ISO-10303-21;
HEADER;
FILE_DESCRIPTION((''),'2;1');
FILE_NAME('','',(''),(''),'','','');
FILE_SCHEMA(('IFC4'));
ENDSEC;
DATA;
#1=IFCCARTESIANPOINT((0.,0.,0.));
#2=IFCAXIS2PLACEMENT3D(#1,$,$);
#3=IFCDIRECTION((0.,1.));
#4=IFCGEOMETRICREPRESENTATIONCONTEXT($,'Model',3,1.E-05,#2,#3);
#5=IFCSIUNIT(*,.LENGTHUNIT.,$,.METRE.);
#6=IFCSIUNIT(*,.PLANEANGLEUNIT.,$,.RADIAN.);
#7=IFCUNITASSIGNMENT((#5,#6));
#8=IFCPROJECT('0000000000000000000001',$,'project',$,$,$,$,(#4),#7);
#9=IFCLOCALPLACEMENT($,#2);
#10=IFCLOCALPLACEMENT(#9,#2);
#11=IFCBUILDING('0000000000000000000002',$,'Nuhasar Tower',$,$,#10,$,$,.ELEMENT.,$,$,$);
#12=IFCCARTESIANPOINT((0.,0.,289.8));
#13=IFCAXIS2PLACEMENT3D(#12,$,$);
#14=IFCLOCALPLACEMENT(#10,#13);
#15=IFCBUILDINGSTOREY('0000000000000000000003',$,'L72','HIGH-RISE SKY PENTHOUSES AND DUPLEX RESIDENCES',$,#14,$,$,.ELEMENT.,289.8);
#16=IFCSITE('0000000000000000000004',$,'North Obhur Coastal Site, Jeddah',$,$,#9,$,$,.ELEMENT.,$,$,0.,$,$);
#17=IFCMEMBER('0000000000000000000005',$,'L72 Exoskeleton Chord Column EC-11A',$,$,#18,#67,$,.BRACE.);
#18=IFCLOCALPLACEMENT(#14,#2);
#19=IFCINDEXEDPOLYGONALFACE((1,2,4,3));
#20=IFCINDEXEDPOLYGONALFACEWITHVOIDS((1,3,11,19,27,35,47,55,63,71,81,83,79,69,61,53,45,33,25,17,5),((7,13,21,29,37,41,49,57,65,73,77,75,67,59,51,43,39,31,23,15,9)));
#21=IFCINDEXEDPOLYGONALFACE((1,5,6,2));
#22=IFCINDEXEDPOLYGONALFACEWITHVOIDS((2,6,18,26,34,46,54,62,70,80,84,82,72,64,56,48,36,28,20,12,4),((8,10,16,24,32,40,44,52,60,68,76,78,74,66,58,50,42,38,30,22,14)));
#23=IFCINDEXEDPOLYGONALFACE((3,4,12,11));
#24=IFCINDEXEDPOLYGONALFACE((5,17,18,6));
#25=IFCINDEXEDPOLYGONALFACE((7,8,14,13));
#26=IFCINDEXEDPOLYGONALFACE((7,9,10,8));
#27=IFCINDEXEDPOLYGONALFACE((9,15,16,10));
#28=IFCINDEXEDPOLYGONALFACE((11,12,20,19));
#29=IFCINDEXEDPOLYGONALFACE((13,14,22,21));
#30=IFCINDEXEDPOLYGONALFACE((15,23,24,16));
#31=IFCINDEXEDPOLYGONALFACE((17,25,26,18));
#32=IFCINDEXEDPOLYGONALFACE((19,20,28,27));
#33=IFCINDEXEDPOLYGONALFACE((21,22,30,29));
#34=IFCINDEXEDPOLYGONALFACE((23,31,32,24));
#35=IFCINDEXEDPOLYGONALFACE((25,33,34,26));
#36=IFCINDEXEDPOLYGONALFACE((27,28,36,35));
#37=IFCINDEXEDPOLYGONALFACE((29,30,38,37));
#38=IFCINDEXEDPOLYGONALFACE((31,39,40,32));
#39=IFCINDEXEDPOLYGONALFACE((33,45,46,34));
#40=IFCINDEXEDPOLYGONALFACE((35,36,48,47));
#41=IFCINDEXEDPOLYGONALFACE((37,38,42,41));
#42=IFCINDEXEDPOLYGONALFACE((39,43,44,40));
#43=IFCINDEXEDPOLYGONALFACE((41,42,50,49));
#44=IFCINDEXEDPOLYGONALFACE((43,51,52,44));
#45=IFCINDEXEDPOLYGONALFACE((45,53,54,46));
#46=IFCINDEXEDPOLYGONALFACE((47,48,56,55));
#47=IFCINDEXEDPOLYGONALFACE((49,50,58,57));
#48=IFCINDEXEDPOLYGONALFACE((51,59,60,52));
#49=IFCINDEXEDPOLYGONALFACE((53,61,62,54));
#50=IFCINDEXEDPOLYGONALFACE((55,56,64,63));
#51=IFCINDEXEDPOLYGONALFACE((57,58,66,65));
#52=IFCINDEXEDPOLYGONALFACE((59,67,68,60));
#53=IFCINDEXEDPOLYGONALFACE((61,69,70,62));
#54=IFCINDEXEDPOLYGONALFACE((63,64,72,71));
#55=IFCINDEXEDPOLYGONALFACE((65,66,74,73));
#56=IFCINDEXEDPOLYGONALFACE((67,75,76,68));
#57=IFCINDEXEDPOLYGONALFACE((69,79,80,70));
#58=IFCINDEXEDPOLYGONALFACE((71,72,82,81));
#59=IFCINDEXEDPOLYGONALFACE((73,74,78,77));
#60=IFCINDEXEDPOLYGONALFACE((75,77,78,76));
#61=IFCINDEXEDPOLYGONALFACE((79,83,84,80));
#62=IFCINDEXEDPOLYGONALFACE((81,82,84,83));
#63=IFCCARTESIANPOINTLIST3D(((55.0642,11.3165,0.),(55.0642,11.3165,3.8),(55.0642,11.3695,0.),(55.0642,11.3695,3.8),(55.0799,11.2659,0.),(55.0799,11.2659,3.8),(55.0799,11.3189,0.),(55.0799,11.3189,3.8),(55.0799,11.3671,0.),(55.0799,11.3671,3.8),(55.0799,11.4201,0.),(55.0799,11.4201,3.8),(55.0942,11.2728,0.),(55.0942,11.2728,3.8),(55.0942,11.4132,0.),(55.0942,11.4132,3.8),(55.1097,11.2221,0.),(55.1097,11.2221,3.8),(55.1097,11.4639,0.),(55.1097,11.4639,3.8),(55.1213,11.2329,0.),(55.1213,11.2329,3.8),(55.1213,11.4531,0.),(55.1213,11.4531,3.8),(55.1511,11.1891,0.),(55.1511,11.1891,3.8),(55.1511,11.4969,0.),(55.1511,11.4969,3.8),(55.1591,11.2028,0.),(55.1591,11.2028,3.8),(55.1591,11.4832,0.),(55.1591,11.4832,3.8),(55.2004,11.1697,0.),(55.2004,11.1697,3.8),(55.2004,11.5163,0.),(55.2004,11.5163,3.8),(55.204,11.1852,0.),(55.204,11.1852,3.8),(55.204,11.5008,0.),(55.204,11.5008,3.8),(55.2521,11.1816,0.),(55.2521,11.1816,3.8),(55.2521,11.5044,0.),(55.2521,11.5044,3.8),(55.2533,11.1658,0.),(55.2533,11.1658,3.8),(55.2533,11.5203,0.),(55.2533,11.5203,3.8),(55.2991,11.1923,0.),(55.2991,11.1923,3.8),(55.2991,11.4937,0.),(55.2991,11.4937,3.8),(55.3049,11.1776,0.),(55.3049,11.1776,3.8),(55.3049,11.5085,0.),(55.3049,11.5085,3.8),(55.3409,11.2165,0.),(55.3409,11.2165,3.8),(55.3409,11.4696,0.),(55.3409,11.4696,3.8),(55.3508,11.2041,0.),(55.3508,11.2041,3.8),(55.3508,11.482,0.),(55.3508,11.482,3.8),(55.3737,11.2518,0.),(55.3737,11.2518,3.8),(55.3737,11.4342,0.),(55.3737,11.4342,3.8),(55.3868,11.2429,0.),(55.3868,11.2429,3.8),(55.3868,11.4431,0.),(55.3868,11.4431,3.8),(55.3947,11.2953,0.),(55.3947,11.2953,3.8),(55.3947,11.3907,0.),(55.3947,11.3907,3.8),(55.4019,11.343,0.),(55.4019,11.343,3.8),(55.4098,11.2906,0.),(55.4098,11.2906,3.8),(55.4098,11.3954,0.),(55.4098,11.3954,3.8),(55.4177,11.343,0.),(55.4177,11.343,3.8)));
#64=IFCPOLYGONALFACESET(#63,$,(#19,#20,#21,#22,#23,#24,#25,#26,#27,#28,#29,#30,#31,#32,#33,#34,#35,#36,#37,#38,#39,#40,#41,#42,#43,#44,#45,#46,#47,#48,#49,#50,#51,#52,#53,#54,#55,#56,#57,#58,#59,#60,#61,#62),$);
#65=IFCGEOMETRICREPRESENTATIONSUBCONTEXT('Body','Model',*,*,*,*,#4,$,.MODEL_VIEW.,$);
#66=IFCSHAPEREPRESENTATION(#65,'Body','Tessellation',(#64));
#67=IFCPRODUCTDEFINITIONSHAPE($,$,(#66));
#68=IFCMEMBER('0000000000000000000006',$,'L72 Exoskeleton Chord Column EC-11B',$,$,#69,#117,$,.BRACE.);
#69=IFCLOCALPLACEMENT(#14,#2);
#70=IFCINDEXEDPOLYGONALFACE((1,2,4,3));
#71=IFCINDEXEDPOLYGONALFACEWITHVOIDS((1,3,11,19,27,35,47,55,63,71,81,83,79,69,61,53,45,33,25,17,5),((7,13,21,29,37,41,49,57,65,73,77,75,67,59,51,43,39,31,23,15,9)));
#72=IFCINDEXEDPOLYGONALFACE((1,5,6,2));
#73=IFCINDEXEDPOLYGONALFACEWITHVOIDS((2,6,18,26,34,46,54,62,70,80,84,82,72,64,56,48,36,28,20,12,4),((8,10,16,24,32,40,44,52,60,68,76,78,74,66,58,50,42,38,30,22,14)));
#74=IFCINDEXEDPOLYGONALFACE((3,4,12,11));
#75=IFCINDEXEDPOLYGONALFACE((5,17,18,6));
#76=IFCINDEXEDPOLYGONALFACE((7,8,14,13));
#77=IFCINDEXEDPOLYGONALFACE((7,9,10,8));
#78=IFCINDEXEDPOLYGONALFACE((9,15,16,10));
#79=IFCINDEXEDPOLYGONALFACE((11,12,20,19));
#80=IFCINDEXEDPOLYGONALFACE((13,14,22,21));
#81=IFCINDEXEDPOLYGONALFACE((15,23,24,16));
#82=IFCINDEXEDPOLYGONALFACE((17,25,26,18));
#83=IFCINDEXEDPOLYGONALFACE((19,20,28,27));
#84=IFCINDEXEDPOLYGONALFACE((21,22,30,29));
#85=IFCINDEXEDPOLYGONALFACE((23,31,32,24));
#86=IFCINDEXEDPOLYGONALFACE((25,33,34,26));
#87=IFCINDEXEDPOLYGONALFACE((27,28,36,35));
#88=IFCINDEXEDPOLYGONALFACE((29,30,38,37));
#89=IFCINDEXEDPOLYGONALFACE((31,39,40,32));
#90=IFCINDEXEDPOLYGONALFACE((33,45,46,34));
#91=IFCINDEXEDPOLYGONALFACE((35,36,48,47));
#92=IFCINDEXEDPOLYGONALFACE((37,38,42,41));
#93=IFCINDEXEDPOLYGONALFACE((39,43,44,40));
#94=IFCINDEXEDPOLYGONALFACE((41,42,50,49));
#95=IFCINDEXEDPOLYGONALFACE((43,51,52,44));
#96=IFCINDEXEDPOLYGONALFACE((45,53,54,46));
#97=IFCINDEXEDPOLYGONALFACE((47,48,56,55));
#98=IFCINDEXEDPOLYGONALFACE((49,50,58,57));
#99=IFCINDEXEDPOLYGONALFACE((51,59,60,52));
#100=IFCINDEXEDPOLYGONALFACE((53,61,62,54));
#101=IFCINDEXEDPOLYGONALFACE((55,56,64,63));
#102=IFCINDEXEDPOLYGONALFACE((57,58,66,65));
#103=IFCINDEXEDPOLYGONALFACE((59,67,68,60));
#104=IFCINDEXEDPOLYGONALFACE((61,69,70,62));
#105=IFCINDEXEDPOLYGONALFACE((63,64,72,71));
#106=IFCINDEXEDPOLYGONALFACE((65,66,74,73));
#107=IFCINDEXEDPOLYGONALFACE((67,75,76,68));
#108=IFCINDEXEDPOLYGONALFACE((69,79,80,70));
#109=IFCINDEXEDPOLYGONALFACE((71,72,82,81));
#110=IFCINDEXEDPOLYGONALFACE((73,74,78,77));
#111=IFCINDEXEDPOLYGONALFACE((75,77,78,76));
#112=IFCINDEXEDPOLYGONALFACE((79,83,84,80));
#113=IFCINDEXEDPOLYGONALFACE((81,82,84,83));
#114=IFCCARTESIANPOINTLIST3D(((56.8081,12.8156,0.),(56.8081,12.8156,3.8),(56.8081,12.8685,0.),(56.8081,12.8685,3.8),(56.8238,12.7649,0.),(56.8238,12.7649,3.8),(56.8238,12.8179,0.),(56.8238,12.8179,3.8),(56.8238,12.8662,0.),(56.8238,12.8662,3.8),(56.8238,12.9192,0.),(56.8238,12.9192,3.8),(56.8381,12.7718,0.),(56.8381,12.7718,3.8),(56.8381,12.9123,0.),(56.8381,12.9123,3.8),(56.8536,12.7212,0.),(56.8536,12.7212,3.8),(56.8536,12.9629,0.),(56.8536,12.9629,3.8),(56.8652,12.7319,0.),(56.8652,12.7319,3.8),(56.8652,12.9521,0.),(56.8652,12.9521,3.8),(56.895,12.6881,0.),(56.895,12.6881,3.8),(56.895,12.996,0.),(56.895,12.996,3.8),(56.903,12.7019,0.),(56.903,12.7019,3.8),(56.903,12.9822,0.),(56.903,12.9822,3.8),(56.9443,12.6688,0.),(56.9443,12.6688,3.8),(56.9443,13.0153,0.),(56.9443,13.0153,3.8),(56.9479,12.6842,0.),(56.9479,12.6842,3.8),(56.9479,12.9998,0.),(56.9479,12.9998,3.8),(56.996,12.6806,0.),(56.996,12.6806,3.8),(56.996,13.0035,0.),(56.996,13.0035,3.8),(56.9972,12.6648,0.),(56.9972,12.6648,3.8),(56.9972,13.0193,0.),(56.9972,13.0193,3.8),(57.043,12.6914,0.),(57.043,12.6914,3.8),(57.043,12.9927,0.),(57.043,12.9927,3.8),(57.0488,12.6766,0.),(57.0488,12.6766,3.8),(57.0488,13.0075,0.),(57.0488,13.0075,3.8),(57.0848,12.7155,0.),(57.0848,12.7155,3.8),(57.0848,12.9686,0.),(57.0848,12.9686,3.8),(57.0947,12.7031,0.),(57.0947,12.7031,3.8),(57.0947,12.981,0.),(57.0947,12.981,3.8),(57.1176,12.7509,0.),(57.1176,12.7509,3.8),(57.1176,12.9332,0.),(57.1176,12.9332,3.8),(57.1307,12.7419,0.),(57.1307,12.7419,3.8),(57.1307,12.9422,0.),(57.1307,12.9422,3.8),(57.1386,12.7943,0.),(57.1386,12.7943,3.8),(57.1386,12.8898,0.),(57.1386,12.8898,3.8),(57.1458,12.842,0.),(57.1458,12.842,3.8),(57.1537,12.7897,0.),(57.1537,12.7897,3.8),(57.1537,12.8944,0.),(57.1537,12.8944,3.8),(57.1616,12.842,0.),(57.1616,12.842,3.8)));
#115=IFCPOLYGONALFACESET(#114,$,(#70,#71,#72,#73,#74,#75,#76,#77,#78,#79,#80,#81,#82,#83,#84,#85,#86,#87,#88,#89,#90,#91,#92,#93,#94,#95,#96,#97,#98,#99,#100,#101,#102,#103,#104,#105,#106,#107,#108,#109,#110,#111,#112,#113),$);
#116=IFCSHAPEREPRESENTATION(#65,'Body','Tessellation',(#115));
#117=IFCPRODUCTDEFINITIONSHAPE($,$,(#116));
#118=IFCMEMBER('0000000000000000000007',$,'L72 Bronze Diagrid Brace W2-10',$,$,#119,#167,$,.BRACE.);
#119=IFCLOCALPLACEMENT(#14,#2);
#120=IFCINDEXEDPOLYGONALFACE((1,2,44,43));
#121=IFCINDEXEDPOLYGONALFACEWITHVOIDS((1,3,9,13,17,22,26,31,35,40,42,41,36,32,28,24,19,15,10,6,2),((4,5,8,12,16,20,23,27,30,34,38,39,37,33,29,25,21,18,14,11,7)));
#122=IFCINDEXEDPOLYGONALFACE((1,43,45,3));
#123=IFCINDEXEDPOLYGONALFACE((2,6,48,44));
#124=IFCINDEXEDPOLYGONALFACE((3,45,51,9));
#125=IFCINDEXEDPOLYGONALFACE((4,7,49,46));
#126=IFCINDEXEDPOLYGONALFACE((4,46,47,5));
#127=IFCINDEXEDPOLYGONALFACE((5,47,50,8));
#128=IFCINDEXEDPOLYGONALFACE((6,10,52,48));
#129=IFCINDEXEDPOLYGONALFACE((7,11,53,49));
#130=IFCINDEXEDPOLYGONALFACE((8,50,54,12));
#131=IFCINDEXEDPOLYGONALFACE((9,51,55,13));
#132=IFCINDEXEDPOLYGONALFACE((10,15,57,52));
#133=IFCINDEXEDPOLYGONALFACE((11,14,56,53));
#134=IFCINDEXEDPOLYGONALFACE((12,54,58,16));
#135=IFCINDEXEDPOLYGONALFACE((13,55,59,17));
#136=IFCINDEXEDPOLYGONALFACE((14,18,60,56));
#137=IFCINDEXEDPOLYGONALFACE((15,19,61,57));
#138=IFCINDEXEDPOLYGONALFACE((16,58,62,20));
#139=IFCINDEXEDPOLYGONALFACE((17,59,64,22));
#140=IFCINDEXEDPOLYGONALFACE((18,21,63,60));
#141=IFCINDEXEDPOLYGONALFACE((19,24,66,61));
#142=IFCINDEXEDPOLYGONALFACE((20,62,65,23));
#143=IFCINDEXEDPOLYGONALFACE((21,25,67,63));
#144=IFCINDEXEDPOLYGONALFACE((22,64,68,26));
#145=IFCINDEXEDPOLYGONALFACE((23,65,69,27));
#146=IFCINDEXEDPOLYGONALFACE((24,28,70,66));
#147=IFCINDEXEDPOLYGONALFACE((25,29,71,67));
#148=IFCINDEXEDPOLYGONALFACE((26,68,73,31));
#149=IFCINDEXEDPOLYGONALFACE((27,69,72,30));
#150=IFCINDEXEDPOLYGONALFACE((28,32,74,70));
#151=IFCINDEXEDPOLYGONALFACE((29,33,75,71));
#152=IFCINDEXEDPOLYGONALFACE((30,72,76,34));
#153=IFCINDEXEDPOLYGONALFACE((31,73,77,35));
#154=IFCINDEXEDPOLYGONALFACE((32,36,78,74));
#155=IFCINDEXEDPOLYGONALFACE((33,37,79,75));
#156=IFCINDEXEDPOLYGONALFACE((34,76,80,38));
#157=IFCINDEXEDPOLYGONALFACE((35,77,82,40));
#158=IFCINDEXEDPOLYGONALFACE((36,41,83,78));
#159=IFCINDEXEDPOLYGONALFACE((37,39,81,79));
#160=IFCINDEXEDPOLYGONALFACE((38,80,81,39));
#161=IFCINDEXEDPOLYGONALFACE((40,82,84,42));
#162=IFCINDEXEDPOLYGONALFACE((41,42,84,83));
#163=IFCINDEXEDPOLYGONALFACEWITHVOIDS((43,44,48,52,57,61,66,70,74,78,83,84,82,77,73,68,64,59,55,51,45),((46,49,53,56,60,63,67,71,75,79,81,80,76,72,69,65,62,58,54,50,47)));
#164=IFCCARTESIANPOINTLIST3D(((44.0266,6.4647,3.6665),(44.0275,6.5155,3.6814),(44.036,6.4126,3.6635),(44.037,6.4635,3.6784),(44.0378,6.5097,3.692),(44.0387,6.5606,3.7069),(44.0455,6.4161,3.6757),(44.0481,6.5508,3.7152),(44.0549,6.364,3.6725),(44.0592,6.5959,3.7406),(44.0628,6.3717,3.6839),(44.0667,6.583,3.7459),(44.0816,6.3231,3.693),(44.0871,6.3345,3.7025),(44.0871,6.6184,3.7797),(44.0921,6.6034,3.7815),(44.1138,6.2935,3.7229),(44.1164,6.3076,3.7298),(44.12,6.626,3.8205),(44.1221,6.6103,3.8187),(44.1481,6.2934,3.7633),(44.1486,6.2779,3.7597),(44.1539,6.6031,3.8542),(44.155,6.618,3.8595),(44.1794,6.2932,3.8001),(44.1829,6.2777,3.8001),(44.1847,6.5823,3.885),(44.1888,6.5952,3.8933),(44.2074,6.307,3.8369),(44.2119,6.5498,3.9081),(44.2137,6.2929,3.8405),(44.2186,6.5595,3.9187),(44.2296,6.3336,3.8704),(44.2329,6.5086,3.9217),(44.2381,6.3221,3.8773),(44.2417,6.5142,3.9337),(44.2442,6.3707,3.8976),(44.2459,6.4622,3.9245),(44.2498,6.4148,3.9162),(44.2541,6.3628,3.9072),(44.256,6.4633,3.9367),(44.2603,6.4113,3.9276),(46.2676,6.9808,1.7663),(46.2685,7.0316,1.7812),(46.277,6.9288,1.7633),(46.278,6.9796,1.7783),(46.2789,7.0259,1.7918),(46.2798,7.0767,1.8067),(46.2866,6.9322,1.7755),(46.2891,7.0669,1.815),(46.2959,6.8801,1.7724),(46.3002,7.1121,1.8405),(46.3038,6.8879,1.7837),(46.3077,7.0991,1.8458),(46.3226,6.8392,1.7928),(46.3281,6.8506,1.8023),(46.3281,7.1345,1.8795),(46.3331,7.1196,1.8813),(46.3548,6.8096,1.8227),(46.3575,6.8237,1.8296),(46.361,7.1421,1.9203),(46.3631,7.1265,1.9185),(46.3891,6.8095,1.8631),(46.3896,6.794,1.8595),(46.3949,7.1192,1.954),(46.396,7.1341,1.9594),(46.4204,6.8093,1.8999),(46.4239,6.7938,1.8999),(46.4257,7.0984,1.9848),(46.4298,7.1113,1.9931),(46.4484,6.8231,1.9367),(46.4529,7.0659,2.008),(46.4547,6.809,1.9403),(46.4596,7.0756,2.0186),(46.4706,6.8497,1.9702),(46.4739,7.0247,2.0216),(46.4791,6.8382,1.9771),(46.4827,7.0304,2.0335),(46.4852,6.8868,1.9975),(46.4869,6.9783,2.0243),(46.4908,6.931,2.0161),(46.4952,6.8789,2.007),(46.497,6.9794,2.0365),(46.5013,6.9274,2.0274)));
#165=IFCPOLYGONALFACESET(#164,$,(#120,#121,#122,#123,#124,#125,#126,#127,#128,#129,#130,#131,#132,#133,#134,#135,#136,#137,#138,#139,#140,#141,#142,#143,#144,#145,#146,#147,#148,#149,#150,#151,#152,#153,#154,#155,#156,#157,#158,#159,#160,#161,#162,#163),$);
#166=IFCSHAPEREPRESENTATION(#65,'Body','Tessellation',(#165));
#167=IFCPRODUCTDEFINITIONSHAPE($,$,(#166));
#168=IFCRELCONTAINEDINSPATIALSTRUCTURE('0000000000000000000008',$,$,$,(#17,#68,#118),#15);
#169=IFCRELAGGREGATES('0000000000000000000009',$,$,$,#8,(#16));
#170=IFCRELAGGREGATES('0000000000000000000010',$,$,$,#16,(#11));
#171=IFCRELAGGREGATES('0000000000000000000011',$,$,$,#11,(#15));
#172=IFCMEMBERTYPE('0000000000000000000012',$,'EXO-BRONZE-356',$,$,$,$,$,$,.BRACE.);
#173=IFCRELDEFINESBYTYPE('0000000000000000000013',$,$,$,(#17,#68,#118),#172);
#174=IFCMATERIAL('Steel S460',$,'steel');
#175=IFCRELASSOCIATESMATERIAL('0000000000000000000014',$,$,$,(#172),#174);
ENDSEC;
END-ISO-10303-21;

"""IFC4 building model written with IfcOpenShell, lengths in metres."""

from ifc_helpers import new_model, si_unit, direction, frame, origin, origin_2d, place, context, subcontext, project, spatial, hollow_circle, extrude, material, material_profile, profile_set, type_object, element, save


model = new_model("IFC4")

# Units and contexts
model_context = context("Model", 3, precision=1e-05, world=origin(), true_north=direction((0.0, 1.0)))
body_context = subcontext(model_context, "Body", "Model", "MODEL_VIEW")
ifc_project = project(units=[si_unit("LENGTHUNIT", "METRE"), si_unit("PLANEANGLEUNIT", "RADIAN")], contexts=[model_context])

# Site, building, storey
site_placement = place(None, origin())
site = spatial("IfcSite", under=ifc_project, at=site_placement, Name="North Obhur Coastal Site, Jeddah", CompositionType="ELEMENT", RefElevation=0.0)
building_placement = place(site_placement, origin())
building = spatial("IfcBuilding", under=site, at=building_placement, Name="Nuhasar Tower", CompositionType="ELEMENT")
storey_placement = place(building_placement, frame((0.0, 0.0, 289.8)))
storey = spatial("IfcBuildingStorey", under=building, at=storey_placement, Name="L72", Description="HIGH-RISE SKY PENTHOUSES AND DUPLEX RESIDENCES", CompositionType="ELEMENT", Elevation=289.8)

# Members
ifc_material_1 = material(Name="Steel S460", Category="steel")
ifc_material_profile_1 = material_profile(ifc_material_1, hollow_circle(Radius=0.1777, WallThickness=0.0159, at=origin_2d()), Name="HSS355.6X15.9")
ifc_profile_set_1 = profile_set([ifc_material_profile_1], Name="Steel S460")
member_type_1 = type_object("IfcMemberType", Name="EXO-BRONZE-356", PredefinedType="BRACE", material=ifc_profile_set_1)
for number, where, z_axis, x_axis, name in (
    (1, (55.24, 11.343, 0.0), (0.0, 0.0, 1.0), (1.0, 0.0, 0.0), "L72 Exoskeleton Chord Column EC-11A"),
    (2, (56.9839, 12.842, 0.0), (0.0, 0.0, 1.0), (1.0, 0.0, 0.0), "L72 Exoskeleton Chord Column EC-11B"),
):
    element("IfcMember", number, at=place(storey_placement, frame(where, z_axis=z_axis, x_axis=x_axis)), inside=storey, type_object=member_type_1, Name=name, PredefinedType="BRACE", context=body_context, shape_type="SweptSolid", body=[
        extrude(hollow_circle(Radius=0.1777, WallThickness=0.0159, at=origin_2d()), origin(), (0.0, 0.0, 1.0), 3.8),
    ])
member_1_placement = place(storey_placement, frame((46.384, 6.967, 1.8999), z_axis=(-0.751222, -0.173013, 0.636971), x_axis=(0.224433, -0.97449, 0.0)))
element("IfcMember", 3, at=member_1_placement, inside=storey, type_object=member_type_1, Name="L72 Bronze Diagrid Brace W2-10", PredefinedType="BRACE", context=body_context, shape_type="SweptSolid", body=[
    extrude(hollow_circle(Radius=0.1777, WallThickness=0.0159, at=origin_2d()), origin(), (0.0, 0.0, 1.0), 2.9832),
])

save(model, "model.ifc")
